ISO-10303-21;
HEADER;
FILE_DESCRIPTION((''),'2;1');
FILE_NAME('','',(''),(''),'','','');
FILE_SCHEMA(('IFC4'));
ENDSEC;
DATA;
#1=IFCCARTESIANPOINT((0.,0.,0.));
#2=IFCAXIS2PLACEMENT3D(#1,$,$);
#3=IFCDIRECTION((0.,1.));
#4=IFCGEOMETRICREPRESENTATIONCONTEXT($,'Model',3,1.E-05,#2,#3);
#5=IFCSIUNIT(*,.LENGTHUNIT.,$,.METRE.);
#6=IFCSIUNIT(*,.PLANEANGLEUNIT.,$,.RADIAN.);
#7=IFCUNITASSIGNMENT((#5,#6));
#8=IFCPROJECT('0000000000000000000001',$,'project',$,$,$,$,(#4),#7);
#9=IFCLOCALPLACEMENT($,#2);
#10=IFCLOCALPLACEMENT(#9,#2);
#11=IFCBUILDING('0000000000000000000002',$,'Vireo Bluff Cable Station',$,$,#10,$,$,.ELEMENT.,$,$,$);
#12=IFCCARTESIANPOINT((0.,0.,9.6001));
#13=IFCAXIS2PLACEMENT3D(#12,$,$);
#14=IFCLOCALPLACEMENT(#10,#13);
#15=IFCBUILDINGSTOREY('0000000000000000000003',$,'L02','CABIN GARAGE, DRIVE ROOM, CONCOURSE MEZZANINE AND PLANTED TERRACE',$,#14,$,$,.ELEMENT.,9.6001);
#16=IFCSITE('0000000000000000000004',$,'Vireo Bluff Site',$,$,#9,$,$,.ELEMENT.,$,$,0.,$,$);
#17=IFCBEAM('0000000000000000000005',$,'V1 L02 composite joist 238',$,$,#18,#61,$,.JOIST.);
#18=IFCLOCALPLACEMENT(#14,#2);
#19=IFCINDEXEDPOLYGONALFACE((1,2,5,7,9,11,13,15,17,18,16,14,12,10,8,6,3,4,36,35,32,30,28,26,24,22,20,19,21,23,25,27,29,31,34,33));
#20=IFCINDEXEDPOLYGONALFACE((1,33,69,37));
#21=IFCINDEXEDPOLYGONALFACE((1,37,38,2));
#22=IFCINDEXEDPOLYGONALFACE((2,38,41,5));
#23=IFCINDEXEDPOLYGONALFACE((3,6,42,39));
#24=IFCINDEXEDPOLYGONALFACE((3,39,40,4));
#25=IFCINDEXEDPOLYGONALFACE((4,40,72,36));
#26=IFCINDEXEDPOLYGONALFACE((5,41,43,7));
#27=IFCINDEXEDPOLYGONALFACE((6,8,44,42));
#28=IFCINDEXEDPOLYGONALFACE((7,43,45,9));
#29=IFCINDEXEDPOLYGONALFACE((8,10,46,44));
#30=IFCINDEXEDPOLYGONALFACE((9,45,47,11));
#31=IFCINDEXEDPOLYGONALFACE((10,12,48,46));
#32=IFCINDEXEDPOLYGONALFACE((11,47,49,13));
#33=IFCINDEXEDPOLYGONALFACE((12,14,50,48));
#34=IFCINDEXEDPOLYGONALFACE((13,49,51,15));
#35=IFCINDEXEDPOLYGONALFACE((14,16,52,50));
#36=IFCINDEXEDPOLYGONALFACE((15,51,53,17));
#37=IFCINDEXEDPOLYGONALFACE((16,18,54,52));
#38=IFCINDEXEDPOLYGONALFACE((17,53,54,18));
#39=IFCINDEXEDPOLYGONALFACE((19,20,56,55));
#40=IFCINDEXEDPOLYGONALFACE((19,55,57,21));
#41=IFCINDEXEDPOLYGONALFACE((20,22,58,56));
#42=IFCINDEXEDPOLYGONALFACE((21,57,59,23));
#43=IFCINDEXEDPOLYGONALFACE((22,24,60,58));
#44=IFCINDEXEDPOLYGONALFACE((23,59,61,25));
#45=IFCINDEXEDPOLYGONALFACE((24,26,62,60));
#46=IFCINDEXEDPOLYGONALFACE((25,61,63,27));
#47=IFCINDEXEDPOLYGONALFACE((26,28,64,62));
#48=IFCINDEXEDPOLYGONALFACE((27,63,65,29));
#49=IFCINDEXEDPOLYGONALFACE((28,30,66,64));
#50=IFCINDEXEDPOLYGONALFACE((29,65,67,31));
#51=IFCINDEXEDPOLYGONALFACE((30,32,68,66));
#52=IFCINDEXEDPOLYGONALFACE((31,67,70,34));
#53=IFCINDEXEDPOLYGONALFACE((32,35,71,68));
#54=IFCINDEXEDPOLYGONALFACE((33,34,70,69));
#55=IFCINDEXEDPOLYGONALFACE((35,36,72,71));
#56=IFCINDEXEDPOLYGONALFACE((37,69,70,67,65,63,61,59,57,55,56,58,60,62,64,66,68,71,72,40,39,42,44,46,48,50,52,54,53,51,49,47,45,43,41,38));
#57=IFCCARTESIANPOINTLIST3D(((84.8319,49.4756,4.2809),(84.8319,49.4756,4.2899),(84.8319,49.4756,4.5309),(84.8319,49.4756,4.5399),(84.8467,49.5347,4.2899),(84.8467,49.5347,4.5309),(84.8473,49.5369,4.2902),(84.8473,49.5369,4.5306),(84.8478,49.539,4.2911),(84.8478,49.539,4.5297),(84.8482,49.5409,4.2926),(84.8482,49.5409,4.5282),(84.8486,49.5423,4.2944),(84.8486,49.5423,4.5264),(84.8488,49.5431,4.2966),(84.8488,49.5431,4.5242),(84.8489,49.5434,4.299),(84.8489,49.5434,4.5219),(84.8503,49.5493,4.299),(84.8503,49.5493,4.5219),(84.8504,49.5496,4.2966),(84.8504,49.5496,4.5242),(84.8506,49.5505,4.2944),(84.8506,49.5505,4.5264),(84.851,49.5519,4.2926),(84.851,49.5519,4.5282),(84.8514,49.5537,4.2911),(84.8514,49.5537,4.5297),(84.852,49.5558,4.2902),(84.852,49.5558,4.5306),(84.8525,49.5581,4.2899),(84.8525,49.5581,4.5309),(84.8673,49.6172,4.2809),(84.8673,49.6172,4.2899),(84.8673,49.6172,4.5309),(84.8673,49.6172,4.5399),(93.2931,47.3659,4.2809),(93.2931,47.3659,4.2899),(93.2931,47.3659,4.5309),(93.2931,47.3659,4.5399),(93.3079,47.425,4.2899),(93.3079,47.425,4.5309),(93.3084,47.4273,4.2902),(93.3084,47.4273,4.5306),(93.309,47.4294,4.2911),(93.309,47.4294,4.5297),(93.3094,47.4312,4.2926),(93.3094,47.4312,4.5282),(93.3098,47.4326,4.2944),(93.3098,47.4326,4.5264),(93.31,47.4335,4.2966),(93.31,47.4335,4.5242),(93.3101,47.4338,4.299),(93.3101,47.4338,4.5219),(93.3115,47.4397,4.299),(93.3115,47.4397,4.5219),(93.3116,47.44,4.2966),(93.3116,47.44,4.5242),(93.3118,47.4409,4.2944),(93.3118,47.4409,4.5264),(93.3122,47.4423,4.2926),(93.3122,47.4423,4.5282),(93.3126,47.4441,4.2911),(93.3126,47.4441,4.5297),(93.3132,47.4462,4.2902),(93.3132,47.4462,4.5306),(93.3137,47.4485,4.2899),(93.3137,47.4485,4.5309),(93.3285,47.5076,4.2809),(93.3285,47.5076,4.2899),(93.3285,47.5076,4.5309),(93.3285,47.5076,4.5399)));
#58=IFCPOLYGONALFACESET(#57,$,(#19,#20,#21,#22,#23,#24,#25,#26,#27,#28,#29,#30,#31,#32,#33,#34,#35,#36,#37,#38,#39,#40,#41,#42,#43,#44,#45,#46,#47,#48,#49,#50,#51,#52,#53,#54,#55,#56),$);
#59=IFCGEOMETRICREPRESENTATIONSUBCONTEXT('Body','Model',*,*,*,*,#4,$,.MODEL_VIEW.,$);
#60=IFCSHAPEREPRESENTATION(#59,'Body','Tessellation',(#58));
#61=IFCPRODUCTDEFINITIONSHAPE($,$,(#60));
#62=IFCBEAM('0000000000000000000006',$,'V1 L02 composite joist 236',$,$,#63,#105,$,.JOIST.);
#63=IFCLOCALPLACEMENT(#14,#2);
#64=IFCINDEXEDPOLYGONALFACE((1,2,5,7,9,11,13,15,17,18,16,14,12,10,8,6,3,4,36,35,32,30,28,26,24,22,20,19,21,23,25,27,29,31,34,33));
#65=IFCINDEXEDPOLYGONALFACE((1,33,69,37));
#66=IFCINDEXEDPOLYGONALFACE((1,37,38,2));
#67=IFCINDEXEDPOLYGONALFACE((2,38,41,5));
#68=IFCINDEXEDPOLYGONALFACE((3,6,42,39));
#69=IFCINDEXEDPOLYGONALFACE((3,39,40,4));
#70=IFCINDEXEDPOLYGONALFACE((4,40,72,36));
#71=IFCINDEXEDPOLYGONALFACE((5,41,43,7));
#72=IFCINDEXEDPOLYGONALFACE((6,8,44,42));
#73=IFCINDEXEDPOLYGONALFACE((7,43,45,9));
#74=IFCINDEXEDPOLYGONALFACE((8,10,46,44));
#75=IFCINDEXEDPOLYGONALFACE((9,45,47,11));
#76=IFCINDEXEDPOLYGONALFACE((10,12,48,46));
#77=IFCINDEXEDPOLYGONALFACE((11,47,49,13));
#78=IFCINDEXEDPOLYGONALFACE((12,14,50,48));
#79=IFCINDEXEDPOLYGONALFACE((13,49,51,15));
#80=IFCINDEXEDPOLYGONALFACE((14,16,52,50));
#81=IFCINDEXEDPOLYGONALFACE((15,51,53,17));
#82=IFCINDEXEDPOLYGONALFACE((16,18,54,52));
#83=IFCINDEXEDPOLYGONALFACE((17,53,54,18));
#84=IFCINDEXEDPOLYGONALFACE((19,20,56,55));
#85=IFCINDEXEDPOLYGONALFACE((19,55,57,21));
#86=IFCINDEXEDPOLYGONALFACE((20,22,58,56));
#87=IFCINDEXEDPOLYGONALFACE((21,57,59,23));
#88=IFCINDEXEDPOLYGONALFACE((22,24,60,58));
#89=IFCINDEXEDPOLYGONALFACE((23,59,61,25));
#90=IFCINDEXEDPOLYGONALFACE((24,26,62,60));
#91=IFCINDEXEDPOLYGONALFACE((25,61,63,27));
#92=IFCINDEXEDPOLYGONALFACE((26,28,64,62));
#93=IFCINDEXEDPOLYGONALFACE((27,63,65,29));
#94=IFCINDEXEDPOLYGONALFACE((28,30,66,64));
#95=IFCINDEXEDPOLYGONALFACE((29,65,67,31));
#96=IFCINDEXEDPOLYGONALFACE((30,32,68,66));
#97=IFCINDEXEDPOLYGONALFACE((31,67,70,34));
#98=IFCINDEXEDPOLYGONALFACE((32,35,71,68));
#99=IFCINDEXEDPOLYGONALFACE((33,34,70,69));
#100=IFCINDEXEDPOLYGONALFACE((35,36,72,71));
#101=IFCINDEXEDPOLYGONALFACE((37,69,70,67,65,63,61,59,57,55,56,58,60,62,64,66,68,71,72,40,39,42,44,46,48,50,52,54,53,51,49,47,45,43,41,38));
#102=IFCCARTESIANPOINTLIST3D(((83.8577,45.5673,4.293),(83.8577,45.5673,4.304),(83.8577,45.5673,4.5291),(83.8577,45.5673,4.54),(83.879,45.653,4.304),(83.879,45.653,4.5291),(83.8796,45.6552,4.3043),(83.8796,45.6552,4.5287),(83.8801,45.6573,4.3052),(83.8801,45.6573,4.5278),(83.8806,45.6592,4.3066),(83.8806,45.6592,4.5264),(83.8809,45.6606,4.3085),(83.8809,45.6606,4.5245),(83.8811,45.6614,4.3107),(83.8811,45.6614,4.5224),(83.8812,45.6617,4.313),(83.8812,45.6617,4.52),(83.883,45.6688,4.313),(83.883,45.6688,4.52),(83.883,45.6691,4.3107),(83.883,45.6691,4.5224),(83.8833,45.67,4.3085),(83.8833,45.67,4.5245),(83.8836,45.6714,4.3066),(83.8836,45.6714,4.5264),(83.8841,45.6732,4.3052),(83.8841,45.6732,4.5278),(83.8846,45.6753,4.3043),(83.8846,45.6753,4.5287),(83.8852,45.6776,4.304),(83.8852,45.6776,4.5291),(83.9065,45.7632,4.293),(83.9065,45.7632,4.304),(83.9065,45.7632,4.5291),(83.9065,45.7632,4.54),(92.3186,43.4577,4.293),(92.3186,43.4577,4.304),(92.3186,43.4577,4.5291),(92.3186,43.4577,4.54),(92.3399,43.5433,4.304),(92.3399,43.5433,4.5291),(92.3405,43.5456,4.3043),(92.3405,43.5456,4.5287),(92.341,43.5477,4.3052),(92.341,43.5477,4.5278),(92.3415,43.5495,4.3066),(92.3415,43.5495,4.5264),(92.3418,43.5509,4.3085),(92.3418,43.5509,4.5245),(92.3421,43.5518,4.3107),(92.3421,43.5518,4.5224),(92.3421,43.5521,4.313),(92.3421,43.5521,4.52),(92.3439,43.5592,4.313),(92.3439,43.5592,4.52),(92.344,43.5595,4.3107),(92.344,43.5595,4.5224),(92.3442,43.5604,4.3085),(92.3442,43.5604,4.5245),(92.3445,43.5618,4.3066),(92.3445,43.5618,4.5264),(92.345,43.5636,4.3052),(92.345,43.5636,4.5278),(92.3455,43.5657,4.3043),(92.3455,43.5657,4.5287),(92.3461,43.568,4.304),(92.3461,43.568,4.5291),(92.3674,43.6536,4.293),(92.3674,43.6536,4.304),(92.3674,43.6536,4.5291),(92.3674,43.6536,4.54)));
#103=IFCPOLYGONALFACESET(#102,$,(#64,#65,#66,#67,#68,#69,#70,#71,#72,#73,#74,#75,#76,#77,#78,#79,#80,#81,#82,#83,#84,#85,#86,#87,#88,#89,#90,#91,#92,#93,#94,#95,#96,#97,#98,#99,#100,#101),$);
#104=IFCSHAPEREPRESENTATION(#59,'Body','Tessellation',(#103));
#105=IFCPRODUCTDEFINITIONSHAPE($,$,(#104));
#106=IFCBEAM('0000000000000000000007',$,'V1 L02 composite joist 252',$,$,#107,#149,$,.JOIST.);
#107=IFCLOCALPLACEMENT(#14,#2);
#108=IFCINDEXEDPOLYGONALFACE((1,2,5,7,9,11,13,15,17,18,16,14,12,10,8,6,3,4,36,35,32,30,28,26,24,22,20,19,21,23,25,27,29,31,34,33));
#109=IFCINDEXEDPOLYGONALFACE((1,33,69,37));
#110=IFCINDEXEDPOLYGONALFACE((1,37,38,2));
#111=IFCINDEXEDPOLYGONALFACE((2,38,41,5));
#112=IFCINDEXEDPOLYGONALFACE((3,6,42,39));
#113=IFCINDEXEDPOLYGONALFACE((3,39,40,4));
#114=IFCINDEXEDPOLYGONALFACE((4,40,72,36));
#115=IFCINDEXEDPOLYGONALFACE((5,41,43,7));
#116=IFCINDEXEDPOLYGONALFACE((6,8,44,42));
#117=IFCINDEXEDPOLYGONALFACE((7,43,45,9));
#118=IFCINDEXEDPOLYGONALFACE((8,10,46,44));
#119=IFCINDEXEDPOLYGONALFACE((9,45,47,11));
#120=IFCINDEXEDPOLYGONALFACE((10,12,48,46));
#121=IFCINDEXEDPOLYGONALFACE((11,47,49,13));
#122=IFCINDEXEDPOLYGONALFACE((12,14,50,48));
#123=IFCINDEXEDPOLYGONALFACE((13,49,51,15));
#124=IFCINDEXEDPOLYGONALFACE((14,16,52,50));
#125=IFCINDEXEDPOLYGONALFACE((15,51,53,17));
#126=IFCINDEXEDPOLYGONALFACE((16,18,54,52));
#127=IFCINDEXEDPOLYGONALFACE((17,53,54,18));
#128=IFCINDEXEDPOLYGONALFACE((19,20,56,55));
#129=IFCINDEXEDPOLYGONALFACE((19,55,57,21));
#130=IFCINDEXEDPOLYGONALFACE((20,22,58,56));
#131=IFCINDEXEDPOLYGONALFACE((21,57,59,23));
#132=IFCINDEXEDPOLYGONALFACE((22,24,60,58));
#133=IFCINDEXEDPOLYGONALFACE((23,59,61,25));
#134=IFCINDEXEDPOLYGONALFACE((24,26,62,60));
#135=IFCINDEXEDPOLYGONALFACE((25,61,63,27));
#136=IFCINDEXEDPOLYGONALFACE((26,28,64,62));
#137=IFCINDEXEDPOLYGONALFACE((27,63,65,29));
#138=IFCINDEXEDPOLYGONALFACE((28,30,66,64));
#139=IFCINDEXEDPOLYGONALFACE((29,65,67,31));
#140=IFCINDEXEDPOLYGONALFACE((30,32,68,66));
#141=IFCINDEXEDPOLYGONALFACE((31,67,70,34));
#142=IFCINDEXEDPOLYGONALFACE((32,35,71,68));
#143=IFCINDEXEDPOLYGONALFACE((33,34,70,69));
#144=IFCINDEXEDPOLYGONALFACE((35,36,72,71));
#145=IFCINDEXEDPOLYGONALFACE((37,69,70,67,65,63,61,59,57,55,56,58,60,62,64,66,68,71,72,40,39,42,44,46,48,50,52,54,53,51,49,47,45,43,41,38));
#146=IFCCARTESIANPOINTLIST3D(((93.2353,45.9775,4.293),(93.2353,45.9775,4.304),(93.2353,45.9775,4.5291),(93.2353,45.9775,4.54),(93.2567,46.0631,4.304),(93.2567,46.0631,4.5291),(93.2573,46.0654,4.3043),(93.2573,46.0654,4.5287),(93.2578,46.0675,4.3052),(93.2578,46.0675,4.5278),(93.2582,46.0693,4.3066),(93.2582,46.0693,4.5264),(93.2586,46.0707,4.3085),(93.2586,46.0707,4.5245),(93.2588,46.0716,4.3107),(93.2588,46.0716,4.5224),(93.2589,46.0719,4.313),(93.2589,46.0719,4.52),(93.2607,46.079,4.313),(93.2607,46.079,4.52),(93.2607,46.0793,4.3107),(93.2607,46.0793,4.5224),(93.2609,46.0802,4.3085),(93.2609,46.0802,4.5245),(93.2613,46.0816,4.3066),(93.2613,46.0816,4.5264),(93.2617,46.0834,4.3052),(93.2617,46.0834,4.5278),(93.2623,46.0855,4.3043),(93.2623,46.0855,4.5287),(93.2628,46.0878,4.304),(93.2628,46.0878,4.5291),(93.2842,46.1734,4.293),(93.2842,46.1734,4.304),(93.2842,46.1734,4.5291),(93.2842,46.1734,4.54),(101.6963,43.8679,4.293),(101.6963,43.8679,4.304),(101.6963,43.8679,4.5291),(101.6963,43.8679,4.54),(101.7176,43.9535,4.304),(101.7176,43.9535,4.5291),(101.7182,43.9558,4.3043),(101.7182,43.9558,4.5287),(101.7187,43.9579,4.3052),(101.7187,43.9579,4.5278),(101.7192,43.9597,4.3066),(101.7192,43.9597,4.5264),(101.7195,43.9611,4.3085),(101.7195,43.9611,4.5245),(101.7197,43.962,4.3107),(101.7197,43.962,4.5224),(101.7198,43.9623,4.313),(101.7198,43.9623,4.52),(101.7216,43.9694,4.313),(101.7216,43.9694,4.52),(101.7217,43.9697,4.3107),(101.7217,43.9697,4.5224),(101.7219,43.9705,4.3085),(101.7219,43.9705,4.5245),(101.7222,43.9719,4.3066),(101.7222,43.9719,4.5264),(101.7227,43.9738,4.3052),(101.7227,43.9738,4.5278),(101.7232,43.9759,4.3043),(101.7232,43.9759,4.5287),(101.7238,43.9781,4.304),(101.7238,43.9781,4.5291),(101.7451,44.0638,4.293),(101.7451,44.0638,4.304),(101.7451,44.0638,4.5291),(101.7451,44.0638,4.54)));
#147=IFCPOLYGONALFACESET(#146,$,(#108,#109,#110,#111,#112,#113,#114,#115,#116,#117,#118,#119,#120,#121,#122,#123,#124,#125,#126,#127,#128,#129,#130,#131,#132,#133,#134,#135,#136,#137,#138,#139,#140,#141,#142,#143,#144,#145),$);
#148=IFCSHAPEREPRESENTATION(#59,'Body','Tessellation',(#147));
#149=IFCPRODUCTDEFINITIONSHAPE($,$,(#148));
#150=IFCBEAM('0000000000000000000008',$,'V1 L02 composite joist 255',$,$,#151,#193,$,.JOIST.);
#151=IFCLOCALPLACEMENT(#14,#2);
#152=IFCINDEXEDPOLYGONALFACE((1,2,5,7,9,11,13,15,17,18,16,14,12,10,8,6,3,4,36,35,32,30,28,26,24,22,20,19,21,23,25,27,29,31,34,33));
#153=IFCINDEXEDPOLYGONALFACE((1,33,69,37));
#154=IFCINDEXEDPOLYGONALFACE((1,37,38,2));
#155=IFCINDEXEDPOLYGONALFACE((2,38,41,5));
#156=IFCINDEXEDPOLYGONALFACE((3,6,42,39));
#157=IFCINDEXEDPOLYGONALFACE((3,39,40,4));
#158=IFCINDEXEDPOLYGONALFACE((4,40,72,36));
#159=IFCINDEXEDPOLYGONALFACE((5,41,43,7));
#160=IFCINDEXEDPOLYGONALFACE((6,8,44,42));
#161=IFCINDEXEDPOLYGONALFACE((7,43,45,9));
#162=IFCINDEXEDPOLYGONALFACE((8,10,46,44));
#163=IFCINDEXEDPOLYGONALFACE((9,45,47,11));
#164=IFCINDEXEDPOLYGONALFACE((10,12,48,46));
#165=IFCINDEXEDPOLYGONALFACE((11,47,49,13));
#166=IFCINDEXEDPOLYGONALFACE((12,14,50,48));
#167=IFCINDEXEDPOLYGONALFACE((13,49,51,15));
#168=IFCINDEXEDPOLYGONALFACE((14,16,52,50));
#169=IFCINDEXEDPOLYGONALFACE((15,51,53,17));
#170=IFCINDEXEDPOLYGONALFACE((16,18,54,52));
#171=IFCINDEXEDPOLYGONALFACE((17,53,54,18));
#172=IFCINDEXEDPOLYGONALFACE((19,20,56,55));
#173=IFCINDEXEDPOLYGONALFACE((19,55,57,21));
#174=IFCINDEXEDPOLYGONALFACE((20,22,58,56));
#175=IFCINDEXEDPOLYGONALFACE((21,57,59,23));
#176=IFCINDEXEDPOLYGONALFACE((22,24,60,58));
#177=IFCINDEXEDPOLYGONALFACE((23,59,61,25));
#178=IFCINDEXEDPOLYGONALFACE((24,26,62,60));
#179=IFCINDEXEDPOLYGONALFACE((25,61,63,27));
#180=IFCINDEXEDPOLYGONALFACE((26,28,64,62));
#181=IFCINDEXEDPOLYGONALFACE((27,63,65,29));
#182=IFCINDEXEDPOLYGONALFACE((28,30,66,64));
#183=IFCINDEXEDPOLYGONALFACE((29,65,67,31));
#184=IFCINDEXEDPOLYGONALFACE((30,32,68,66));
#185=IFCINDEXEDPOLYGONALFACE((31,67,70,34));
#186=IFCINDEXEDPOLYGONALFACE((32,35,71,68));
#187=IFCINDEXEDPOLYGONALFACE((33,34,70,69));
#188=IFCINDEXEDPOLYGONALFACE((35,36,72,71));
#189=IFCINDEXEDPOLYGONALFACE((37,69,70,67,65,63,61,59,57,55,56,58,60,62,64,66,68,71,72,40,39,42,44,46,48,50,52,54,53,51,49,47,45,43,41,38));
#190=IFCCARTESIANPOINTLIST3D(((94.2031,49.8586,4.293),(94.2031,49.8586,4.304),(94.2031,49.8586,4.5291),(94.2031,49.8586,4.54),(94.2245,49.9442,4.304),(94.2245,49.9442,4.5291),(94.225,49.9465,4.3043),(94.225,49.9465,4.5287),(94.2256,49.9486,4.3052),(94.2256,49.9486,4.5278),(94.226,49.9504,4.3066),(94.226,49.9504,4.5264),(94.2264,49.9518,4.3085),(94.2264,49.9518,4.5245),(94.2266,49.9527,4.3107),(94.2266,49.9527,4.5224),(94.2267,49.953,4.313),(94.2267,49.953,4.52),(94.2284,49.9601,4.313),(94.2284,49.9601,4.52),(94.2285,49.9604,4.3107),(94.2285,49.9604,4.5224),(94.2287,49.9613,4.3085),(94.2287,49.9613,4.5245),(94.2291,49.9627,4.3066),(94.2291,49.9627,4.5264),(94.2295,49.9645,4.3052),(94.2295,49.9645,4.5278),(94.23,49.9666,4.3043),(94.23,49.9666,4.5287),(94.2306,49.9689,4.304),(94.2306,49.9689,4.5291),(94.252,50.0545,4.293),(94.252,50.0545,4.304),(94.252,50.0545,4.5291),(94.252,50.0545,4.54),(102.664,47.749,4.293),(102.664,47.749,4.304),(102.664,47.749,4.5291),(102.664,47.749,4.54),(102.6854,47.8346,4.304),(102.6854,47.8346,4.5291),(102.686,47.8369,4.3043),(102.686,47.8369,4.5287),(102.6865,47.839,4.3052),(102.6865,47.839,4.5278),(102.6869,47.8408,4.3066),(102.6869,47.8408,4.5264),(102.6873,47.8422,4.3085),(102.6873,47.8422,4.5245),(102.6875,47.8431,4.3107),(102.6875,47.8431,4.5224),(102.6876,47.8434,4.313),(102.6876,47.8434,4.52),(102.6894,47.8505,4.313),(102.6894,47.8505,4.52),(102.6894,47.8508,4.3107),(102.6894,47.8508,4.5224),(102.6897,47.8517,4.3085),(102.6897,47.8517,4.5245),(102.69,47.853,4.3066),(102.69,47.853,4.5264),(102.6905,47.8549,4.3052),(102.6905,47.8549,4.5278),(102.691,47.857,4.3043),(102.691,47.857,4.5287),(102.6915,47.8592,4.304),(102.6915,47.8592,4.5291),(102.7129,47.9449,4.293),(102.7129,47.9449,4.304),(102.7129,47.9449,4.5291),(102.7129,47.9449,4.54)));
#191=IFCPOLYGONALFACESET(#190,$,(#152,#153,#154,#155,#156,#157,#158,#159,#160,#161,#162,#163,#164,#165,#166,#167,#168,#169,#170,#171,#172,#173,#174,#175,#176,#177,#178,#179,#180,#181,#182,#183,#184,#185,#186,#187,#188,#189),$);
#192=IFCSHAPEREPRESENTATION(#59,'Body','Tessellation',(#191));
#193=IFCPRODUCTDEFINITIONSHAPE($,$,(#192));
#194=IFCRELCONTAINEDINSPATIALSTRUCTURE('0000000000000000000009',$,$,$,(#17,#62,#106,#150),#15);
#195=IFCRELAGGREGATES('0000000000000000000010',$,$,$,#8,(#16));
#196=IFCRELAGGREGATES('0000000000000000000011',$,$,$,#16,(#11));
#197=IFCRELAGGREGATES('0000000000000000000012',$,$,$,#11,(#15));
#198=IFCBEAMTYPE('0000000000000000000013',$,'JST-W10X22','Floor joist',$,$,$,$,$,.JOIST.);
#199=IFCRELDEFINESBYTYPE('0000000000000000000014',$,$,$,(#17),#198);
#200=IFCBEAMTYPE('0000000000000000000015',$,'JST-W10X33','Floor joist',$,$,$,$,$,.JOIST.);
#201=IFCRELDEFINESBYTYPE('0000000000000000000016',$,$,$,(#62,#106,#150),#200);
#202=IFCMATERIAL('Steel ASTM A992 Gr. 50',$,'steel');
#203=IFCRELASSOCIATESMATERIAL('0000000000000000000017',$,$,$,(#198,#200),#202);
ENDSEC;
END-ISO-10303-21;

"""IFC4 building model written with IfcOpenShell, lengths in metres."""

from ifc_helpers import new_model, si_unit, direction, frame, origin, origin_2d, place, context, subcontext, project, spatial, i_section, extrude, material, material_profile, profile_set, type_object, element, save


model = new_model("IFC4")

# Units and contexts
model_context = context("Model", 3, precision=1e-05, world=origin(), true_north=direction((0.0, 1.0)))
body_context = subcontext(model_context, "Body", "Model", "MODEL_VIEW")
ifc_project = project(units=[si_unit("LENGTHUNIT", "METRE"), si_unit("PLANEANGLEUNIT", "RADIAN")], contexts=[model_context])

# Site, building, storey
site_placement = place(None, origin())
site = spatial("IfcSite", under=ifc_project, at=site_placement, Name="Vireo Bluff Site", CompositionType="ELEMENT", RefElevation=0.0)
building_placement = place(site_placement, origin())
building = spatial("IfcBuilding", under=site, at=building_placement, Name="Vireo Bluff Cable Station", CompositionType="ELEMENT")
storey_placement = place(building_placement, frame((0.0, 0.0, 9.6001)))
storey = spatial("IfcBuildingStorey", under=building, at=storey_placement, Name="L02", Description="CABIN GARAGE, DRIVE ROOM, CONCOURSE MEZZANINE AND PLANTED TERRACE", CompositionType="ELEMENT", Elevation=9.6001)

# Shared definitions
ifc_material_1 = material(Name="Steel ASTM A992 Gr. 50", Category="steel")

# Beams
ifc_material_profile_1 = material_profile(ifc_material_1, i_section(OverallWidth=0.146, OverallDepth=0.259, WebThickness=0.0061, FlangeThickness=0.009, FilletRadius=0.009, at=origin_2d()), Name="W10X22")
ifc_profile_set_1 = profile_set([ifc_material_profile_1], Name="Steel ASTM A992 Gr. 50")
beam_type_1 = type_object("IfcBeamType", Name="JST-W10X22", Description="Floor joist", PredefinedType="JOIST", material=ifc_profile_set_1)
beam_1_placement = place(storey_placement, frame((84.8496, 49.5464, 4.4104), z_axis=(0.970295, -0.241923, 0.0), x_axis=(0.241923, 0.970295, 0.0)))
element("IfcBeam", 1, at=beam_1_placement, inside=storey, type_object=beam_type_1, Name="V1 L02 composite joist 238", PredefinedType="JOIST", context=body_context, shape_type="SweptSolid", body=[
    extrude(i_section(OverallWidth=0.146, OverallDepth=0.259, WebThickness=0.0061, FlangeThickness=0.009, FilletRadius=0.009, at=origin_2d()), origin(), (0.0, 0.0, 1.0), 8.7202),
])
ifc_material_profile_2 = material_profile(ifc_material_1, i_section(OverallWidth=0.2019, OverallDepth=0.2471, WebThickness=0.0073, FlangeThickness=0.011, FilletRadius=0.009, at=origin_2d()), Name="W10X33")
ifc_profile_set_2 = profile_set([ifc_material_profile_2], Name="Steel ASTM A992 Gr. 50")
beam_type_2 = type_object("IfcBeamType", Name="JST-W10X33", Description="Floor joist", PredefinedType="JOIST", material=ifc_profile_set_2)
for number, where, z_axis, x_axis, name in (
    (2, (83.8821, 45.6653, 4.4165), (0.970294, -0.24193, 0.0), (0.24193, 0.970294, 0.0), "V1 L02 composite joist 236"),
    (3, (93.2598, 46.0754, 4.4165), (0.970294, -0.24193, 0.0), (0.24193, 0.970294, 0.0), "V1 L02 composite joist 252"),
    (4, (94.2275, 49.9565, 4.4165), (0.970294, -0.24193, 0.0), (0.24193, 0.970294, 0.0), "V1 L02 composite joist 255"),
):
    element("IfcBeam", number, at=place(storey_placement, frame(where, z_axis=z_axis, x_axis=x_axis)), inside=storey, type_object=beam_type_2, Name=name, PredefinedType="JOIST", context=body_context, shape_type="SweptSolid", body=[
        extrude(i_section(OverallWidth=0.2019, OverallDepth=0.2471, WebThickness=0.0073, FlangeThickness=0.011, FilletRadius=0.009, at=origin_2d()), origin(), (0.0, 0.0, 1.0), 8.72),
    ])

save(model, "model.ifc")
